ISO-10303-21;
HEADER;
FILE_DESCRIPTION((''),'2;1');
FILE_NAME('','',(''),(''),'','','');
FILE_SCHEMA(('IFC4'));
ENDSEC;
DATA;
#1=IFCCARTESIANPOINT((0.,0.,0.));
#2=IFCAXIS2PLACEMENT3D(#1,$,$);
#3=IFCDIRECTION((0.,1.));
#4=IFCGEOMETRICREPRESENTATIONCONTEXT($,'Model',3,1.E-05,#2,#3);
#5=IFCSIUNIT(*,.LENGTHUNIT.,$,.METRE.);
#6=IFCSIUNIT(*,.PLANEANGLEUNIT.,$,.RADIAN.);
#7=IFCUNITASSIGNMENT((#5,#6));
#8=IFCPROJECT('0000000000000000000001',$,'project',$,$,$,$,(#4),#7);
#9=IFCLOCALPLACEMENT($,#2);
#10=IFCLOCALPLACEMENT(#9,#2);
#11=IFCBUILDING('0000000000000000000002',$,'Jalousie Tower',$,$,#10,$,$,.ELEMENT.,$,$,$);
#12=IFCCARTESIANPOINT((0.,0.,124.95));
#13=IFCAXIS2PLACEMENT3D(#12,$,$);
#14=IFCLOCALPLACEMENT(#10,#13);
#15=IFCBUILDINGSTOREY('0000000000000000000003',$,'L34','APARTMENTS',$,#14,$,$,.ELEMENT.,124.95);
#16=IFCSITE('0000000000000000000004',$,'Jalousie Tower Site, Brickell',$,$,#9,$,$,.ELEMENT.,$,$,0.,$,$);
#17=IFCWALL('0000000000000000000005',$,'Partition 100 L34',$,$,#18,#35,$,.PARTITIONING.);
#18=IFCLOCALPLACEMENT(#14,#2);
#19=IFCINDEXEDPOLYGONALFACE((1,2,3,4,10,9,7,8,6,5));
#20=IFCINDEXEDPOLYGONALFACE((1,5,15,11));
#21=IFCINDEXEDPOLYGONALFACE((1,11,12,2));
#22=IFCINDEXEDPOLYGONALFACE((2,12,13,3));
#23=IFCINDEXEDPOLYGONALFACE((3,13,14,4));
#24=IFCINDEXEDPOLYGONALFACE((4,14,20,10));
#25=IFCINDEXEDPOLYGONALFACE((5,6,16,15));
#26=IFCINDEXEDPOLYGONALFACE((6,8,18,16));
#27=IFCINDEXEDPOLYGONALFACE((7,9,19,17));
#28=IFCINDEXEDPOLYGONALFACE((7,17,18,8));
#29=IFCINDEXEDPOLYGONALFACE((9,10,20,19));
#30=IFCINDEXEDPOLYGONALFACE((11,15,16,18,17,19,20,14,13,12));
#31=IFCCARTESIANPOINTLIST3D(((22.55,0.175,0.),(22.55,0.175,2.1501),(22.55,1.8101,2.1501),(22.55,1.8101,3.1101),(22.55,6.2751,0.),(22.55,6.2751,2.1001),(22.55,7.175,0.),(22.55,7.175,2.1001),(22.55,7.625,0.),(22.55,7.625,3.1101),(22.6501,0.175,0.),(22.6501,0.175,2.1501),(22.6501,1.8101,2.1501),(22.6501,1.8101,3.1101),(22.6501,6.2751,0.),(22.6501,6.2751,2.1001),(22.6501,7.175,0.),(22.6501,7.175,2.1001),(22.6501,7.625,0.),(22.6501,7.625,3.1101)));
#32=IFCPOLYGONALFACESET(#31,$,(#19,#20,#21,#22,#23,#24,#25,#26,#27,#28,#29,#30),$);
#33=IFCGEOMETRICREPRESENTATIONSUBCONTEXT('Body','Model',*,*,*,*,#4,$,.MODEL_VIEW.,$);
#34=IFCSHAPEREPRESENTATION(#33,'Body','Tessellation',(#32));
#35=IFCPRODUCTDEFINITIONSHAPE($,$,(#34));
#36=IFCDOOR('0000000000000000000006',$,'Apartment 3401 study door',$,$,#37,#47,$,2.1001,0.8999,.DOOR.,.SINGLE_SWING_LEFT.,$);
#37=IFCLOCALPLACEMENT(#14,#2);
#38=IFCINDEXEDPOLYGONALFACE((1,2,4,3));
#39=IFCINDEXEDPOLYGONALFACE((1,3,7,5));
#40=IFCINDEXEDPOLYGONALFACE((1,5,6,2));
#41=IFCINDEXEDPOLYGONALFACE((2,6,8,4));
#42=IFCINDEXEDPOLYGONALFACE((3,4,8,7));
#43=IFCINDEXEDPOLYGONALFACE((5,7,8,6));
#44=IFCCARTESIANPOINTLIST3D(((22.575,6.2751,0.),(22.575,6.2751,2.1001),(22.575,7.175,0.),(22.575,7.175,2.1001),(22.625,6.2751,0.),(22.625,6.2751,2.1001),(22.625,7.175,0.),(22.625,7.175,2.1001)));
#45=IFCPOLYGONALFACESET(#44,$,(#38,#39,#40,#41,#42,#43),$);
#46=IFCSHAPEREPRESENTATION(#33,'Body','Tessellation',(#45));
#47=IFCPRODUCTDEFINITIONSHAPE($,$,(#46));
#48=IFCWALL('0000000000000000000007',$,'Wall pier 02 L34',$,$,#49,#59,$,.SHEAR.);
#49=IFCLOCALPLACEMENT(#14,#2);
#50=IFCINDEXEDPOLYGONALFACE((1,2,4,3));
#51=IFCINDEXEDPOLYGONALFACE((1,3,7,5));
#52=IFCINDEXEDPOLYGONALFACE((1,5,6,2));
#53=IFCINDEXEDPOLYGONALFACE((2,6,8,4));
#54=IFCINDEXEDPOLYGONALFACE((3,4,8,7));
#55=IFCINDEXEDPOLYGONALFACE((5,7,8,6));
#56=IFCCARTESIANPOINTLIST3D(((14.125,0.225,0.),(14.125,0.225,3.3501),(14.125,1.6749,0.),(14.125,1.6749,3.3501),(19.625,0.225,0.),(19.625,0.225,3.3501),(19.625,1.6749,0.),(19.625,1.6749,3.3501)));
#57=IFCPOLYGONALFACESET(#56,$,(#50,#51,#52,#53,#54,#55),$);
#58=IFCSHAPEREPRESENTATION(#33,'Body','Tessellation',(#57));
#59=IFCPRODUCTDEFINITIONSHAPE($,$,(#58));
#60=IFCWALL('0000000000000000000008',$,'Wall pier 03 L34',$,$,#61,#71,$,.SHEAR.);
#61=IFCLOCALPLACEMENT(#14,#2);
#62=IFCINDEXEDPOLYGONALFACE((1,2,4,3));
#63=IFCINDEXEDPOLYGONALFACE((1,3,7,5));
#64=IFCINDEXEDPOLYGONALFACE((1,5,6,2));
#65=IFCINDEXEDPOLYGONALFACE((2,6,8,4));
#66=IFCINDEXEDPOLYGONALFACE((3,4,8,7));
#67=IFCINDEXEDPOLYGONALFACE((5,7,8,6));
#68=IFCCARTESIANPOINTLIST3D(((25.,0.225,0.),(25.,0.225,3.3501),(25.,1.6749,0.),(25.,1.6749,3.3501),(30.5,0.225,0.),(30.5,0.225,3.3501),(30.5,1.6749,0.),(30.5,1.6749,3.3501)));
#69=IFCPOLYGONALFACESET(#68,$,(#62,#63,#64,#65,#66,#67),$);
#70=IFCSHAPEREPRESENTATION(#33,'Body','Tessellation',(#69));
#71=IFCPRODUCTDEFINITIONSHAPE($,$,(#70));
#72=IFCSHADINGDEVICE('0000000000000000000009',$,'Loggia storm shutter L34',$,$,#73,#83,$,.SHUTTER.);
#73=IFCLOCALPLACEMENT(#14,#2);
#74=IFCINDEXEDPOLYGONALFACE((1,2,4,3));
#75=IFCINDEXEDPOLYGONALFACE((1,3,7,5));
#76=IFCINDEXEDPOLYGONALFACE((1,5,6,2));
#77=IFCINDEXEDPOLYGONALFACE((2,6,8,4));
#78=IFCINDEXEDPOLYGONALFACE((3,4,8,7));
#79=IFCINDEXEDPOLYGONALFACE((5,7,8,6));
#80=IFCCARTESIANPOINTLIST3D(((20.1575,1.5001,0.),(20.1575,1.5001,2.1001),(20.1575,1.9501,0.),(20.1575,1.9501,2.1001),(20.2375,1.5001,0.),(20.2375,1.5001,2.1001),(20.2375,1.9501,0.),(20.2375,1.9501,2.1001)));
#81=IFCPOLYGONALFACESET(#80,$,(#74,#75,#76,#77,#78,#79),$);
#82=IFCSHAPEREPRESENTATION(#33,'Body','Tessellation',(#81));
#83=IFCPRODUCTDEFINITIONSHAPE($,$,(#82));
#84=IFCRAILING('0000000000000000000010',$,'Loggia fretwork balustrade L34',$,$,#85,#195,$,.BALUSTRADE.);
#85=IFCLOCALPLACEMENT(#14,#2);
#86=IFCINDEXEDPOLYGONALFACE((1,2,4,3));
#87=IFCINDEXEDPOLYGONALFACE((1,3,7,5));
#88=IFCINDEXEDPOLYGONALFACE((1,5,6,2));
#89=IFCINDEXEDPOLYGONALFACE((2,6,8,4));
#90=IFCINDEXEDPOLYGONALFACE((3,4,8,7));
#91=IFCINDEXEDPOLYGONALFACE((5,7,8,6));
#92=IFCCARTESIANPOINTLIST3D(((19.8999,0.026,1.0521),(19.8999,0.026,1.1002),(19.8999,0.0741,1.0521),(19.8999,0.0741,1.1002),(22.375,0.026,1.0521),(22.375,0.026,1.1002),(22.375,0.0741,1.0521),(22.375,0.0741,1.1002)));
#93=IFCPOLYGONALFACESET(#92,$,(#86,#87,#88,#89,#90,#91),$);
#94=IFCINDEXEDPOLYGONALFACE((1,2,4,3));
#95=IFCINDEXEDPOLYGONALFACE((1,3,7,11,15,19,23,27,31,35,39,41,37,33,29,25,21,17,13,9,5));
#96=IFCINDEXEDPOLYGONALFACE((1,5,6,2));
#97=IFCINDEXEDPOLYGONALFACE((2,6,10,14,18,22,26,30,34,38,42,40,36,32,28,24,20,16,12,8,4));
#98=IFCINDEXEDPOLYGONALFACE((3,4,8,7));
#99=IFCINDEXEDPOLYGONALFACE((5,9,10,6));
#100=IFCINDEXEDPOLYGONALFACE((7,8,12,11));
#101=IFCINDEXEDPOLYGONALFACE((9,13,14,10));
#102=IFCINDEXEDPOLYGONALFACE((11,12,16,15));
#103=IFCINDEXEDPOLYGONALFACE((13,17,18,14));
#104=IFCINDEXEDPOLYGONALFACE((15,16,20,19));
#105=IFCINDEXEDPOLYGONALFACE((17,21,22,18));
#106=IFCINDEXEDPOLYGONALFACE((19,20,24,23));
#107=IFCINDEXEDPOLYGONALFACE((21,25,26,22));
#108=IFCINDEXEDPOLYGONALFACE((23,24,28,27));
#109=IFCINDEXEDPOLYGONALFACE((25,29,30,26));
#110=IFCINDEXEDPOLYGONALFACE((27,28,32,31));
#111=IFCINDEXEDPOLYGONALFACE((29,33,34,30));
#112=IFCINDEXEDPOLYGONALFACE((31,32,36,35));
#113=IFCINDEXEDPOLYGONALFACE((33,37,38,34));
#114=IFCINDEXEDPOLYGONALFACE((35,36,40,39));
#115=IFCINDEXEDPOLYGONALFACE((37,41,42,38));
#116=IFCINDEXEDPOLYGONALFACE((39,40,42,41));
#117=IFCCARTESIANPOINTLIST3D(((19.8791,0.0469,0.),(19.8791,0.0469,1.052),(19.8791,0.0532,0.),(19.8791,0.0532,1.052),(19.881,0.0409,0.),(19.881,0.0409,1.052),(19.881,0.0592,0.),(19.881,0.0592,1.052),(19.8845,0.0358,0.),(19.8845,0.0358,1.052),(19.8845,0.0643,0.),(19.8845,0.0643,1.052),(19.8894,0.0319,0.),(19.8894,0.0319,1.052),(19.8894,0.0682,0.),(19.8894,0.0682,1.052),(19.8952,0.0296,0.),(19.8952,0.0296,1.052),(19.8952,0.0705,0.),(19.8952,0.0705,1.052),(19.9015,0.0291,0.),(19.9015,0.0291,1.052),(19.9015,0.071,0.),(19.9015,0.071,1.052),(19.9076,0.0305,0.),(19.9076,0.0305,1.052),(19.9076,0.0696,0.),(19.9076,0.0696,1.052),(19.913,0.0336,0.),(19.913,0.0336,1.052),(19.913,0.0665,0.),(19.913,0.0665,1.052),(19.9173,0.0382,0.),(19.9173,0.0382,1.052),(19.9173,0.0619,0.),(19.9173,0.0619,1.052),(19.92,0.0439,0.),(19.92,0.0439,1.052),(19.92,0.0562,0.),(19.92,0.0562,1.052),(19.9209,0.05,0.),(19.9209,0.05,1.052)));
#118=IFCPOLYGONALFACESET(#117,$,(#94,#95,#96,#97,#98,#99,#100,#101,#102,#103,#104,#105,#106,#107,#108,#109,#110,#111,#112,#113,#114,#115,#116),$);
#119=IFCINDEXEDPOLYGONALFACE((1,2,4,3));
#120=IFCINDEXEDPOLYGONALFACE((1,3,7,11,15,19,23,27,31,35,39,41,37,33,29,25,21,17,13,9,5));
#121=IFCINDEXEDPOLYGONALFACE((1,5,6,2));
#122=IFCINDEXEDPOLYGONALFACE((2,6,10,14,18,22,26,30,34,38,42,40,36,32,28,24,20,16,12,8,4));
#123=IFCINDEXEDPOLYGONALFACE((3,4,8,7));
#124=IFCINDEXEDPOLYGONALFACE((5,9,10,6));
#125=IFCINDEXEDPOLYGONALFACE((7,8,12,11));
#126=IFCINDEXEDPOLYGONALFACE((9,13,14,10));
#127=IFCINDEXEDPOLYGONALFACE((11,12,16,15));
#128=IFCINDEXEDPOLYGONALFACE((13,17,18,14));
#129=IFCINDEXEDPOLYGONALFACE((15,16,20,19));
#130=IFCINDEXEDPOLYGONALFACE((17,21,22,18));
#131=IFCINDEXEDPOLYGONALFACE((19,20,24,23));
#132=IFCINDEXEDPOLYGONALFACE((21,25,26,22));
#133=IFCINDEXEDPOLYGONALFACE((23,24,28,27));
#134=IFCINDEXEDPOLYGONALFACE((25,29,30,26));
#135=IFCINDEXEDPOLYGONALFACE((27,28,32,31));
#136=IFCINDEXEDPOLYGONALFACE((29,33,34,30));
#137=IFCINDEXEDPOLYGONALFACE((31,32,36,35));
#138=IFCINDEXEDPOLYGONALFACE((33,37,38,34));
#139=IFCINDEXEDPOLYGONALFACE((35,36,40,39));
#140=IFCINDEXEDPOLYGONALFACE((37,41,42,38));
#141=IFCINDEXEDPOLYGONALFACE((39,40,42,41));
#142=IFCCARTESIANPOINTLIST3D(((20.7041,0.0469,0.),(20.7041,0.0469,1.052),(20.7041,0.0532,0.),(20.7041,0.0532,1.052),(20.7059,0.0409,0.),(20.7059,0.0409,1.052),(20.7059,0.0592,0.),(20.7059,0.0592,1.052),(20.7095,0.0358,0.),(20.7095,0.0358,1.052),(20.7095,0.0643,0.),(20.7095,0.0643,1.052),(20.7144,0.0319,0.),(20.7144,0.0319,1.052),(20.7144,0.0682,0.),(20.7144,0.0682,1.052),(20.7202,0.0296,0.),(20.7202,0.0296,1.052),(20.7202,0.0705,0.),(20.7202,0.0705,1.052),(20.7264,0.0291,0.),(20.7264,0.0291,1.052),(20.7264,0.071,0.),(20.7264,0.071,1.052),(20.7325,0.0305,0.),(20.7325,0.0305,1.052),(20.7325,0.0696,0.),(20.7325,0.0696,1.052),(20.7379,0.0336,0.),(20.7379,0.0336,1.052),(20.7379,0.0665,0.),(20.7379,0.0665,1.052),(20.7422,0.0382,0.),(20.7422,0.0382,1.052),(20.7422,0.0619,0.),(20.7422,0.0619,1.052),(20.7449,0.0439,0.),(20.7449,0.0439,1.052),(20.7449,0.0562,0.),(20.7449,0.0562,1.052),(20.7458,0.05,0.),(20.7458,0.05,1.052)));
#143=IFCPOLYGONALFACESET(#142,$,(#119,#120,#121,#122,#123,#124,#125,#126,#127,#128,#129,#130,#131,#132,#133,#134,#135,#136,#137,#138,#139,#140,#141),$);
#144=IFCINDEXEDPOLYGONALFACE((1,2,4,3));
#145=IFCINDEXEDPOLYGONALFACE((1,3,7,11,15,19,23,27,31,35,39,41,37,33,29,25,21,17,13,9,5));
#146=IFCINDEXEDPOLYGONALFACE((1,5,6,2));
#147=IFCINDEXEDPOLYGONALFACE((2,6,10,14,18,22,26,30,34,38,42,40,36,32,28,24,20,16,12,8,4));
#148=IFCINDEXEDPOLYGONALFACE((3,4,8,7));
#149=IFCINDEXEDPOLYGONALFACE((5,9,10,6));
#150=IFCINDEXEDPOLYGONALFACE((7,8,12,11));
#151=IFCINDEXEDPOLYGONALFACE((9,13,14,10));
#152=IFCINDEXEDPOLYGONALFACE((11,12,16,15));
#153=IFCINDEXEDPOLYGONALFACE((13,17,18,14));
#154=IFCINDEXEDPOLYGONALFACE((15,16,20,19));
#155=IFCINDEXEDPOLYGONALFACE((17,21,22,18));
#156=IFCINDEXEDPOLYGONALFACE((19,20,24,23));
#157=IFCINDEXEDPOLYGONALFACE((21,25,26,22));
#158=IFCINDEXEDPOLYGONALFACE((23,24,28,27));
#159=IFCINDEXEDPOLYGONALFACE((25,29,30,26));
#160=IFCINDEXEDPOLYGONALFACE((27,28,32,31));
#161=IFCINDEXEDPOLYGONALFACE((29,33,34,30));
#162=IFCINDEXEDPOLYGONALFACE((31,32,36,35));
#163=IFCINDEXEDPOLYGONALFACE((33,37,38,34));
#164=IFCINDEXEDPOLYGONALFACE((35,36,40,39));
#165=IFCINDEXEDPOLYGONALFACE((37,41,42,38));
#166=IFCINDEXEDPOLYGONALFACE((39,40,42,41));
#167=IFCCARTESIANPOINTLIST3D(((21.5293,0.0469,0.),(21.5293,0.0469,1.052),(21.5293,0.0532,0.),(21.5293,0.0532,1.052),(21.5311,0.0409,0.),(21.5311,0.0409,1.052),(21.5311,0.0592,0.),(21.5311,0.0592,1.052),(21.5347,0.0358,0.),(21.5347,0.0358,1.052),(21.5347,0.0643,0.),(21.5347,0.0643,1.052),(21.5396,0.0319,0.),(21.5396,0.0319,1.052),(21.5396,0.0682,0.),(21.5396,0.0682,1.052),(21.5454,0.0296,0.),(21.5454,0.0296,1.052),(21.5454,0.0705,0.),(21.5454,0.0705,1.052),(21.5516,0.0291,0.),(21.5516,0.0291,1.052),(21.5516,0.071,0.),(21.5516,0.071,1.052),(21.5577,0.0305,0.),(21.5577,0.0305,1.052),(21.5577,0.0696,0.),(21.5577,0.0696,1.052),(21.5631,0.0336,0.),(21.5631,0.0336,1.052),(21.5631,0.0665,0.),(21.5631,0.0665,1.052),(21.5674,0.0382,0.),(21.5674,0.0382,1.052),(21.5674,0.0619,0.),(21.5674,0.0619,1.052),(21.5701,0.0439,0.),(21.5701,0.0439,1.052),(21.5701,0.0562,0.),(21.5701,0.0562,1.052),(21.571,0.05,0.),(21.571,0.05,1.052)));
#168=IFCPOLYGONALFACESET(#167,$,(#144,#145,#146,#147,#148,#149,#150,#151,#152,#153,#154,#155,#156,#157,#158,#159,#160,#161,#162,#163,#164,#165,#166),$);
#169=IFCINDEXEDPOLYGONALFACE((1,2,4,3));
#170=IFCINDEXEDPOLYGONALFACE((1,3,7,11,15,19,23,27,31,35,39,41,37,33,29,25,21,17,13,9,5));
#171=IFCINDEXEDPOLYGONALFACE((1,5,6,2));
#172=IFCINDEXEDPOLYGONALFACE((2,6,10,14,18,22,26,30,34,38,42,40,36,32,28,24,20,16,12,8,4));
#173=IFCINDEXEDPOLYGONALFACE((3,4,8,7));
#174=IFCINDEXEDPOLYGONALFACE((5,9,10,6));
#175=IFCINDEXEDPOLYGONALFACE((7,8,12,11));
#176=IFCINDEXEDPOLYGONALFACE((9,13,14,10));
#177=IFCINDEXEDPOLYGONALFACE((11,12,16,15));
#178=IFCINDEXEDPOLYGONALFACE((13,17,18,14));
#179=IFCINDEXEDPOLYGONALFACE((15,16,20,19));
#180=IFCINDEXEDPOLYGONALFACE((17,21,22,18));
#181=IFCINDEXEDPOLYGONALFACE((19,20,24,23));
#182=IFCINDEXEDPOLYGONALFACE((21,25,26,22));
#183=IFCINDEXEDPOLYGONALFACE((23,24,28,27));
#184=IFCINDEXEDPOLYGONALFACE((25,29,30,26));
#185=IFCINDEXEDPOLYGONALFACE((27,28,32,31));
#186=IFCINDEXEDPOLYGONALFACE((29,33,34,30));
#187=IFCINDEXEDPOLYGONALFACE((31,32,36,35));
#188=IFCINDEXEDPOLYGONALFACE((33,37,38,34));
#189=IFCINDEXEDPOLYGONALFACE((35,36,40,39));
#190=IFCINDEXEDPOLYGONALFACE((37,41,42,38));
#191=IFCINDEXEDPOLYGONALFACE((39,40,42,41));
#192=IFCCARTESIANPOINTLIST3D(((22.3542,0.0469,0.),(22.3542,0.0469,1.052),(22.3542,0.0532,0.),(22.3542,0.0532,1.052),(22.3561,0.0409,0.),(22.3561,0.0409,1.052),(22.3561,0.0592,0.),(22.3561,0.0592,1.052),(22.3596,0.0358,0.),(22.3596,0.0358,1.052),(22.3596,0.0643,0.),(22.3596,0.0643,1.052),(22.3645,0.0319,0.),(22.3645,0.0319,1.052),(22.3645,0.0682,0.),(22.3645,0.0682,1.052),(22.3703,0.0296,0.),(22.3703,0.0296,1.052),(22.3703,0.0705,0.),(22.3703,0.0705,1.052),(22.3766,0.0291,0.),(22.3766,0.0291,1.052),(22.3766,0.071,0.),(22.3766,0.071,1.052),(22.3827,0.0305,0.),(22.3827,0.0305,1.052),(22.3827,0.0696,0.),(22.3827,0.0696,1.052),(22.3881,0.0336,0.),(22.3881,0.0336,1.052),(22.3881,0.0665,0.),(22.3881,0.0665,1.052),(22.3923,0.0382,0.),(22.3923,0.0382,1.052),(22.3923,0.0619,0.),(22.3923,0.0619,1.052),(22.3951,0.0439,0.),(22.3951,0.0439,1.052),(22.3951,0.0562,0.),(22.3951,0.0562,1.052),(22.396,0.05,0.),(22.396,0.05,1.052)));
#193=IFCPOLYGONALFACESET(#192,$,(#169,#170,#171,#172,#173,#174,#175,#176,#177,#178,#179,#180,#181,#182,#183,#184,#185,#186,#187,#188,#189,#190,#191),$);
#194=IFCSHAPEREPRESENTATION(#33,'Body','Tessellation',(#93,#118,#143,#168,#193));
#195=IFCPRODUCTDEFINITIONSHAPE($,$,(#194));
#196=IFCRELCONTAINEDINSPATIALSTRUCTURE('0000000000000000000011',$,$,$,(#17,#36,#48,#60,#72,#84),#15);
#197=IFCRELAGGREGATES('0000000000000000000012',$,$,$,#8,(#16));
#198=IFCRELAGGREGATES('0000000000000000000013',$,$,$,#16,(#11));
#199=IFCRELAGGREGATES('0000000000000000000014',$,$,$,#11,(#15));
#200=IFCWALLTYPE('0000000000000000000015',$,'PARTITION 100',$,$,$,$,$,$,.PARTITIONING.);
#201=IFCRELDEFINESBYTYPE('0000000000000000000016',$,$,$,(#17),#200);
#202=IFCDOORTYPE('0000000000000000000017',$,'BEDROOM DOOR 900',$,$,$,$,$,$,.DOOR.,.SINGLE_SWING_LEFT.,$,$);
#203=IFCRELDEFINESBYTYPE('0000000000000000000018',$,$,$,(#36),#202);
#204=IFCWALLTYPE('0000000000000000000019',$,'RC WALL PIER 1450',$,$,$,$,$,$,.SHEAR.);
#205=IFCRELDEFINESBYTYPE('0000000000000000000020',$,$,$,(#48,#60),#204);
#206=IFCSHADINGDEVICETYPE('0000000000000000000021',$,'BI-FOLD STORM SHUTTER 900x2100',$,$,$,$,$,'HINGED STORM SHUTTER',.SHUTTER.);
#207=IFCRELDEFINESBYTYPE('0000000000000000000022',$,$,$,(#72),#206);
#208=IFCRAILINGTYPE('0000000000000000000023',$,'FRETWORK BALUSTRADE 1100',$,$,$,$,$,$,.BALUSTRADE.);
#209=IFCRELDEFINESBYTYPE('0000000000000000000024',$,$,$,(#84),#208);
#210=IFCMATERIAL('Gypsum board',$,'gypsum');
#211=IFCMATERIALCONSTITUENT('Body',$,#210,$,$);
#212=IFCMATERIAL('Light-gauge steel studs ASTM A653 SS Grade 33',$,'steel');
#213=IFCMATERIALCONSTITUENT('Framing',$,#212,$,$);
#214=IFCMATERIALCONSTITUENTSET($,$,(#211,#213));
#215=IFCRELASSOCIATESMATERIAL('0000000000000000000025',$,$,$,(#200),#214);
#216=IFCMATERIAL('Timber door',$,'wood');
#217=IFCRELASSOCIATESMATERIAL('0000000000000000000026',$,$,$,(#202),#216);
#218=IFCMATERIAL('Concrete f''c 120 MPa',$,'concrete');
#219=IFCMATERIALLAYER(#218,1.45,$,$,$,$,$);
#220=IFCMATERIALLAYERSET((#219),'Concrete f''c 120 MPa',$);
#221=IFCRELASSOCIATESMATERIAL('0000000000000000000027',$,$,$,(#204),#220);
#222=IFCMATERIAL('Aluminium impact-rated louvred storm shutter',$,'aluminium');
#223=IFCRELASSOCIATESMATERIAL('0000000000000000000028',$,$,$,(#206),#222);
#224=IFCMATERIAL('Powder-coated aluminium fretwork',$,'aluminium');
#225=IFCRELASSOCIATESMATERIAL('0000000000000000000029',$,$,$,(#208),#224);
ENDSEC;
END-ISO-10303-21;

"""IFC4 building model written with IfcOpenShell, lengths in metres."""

from ifc_helpers import new_model, si_unit, direction, frame, frame_2d, origin, origin_2d, place, context, subcontext, project, spatial, polyline, rectangle, circle, outline, extrude, material, layer, layer_set, constituent, constituent_set, type_object, element, fill, save


model = new_model("IFC4")

# Units and contexts
model_context = context("Model", 3, precision=1e-05, world=origin(), true_north=direction((0.0, 1.0)))
body_context = subcontext(model_context, "Body", "Model", "MODEL_VIEW")
ifc_project = project(units=[si_unit("LENGTHUNIT", "METRE"), si_unit("PLANEANGLEUNIT", "RADIAN")], contexts=[model_context])

# Site, building, storey
site_placement = place(None, origin())
site = spatial("IfcSite", under=ifc_project, at=site_placement, Name="Jalousie Tower Site, Brickell", CompositionType="ELEMENT", RefElevation=0.0)
building_placement = place(site_placement, origin())
building = spatial("IfcBuilding", under=site, at=building_placement, Name="Jalousie Tower", CompositionType="ELEMENT")
storey_placement = place(building_placement, frame((0.0, 0.0, 124.95)))
storey = spatial("IfcBuildingStorey", under=building, at=storey_placement, Name="L34", Description="APARTMENTS", CompositionType="ELEMENT", Elevation=124.95)

# Wall, opening, door
ifc_material_1 = material(Name="Gypsum board", Category="gypsum")
ifc_constituent_1 = constituent(ifc_material_1, Name="Body")
ifc_material_2 = material(Name="Light-gauge steel studs ASTM A653 SS Grade 33", Category="steel")
ifc_constituent_2 = constituent(ifc_material_2, Name="Framing")
ifc_constituent_set_1 = constituent_set(constituents=[ifc_constituent_1, ifc_constituent_2])
wall_type_1 = type_object("IfcWallType", Name="PARTITION 100", PredefinedType="PARTITIONING", material=ifc_constituent_set_1)
ifc_material_3 = material(Name="Timber door", Category="wood")
door_type = type_object("IfcDoorType", Name="BEDROOM DOOR 900", OperationType="SINGLE_SWING_LEFT", PredefinedType="DOOR", material=ifc_material_3)
wall_1_placement = place(storey_placement, frame((22.6001, 0.175, 0.0), z_axis=(0.0, 0.0, 1.0), x_axis=(0.0, 1.0, 0.0)))
wall_1 = element("IfcWall", 1, at=wall_1_placement, inside=storey, type_object=wall_type_1, Name="Partition 100 L34", PredefinedType="PARTITIONING", context=body_context, shape_type="SweptSolid", body=[
    extrude(outline(polyline([(0.0, 0.0), (7.45, 0.0), (7.45, 3.1101), (1.635, 3.1101), (1.635, 2.1501), (0.0, 2.1501), (0.0, 3.1101), (0.0, 0.0)])), frame((0.0, 0.05, 0.0), z_axis=(0.0, -1.0, 0.0), x_axis=(1.0, 0.0, 0.0)), (0.0, 0.0, 1.0), 0.1001),
])
opening_1_placement = place(wall_1_placement, frame((6.1001, 0.0, 0.0)))
opening_1 = element("IfcOpeningElement", 2, at=opening_1_placement, cuts=wall_1, PredefinedType="OPENING", context=body_context, shape_type="SweptSolid", body=[
    extrude(rectangle(XDim=0.8999, YDim=2.1001, at=frame_2d((0.45, 1.05))), frame((0.0, 0.0601, 0.0), z_axis=(0.0, -1.0, 0.0), x_axis=(1.0, 0.0, 0.0)), (0.0, 0.0, 1.0), 0.1201),
])
door_1_placement = place(opening_1_placement, frame((0.8999, 0.0, 0.0), z_axis=(0.0, 0.0, 1.0), x_axis=(-1.0, 0.0, 0.0)))
door_1 = element("IfcDoor", 3, at=door_1_placement, inside=storey, type_object=door_type, Name="Apartment 3401 study door", OperationType="SINGLE_SWING_LEFT", OverallHeight=2.1001, OverallWidth=0.8999, PredefinedType="DOOR", context=body_context, shape_type="SweptSolid", body=[
    extrude(rectangle(XDim=0.8999, YDim=2.1001, at=frame_2d((0.45, 1.05))), frame((0.0, 0.0249, 0.0), z_axis=(0.0, -1.0, 0.0), x_axis=(1.0, 0.0, 0.0)), (0.0, 0.0, 1.0), 0.05),
])
fill(opening_1, door_1)

# Walls
ifc_material_4 = material(Name="Concrete f'c 120 MPa", Category="concrete")
ifc_layer_1 = layer(ifc_material_4, 1.45)
ifc_layer_set_1 = layer_set([ifc_layer_1], Name="Concrete f'c 120 MPa")
wall_type_2 = type_object("IfcWallType", Name="RC WALL PIER 1450", PredefinedType="SHEAR", material=ifc_layer_set_1)
for number, where, z_axis, x_axis, name in (
    (4, (14.125, 0.95, 0.0), (0.0, 0.0, 1.0), (1.0, 0.0, 0.0), "Wall pier 02 L34"),
    (5, (25.0, 0.95, 0.0), (0.0, 0.0, 1.0), (1.0, 0.0, 0.0), "Wall pier 03 L34"),
):
    element("IfcWall", number, at=place(storey_placement, frame(where, z_axis=z_axis, x_axis=x_axis)), inside=storey, type_object=wall_type_2, Name=name, PredefinedType="SHEAR", context=body_context, shape_type="SweptSolid", body=[
        extrude(rectangle(XDim=5.5, YDim=1.45, at=frame_2d((2.75, 0.0))), origin(), (0.0, 0.0, 1.0), 3.3501),
    ])

# Shading device
ifc_material_5 = material(Name="Aluminium impact-rated louvred storm shutter", Category="aluminium")
shading_device_type_1 = type_object("IfcShadingDeviceType", Name="BI-FOLD STORM SHUTTER 900x2100", ElementType="HINGED STORM SHUTTER", PredefinedType="SHUTTER", material=ifc_material_5)
shading_device_placement = place(storey_placement, frame((20.1975, 1.7251, 0.0), z_axis=(0.0, 0.0, 1.0), x_axis=(0.0, 1.0, 0.0)))
element("IfcShadingDevice", 6, at=shading_device_placement, inside=storey, type_object=shading_device_type_1, Name="Loggia storm shutter L34", PredefinedType="SHUTTER", context=body_context, shape_type="SweptSolid", body=[
    extrude(rectangle(XDim=0.45, YDim=0.0801, at=origin_2d()), origin(), (0.0, 0.0, 1.0), 2.1001),
])

# Railing
ifc_material_6 = material(Name="Powder-coated aluminium fretwork", Category="aluminium")
railing_type = type_object("IfcRailingType", Name="FRETWORK BALUSTRADE 1100", PredefinedType="BALUSTRADE", material=ifc_material_6)
railing_placement = place(storey_placement, frame((19.8999, 0.05, 0.0)))
element("IfcRailing", 7, at=railing_placement, inside=storey, type_object=railing_type, Name="Loggia fretwork balustrade L34", PredefinedType="BALUSTRADE", context=body_context, shape_type="SweptSolid", body=[
    extrude(rectangle(XDim=0.0481, YDim=0.0481, at=origin_2d()), frame((0.0, 0.0, 1.0762), z_axis=(1.0, 0.0, 0.0), x_axis=(0.0, 1.0, 0.0)), (0.0, 0.0, 1.0), 2.4751),
    extrude(circle(Radius=0.021, at=origin_2d()), origin(), (0.0, 0.0, 1.0), 1.052),
    extrude(circle(Radius=0.021, at=origin_2d()), frame((0.825, 0.0, 0.0)), (0.0, 0.0, 1.0), 1.052),
    extrude(circle(Radius=0.021, at=origin_2d()), frame((1.6501, 0.0, 0.0)), (0.0, 0.0, 1.0), 1.052),
    extrude(circle(Radius=0.021, at=origin_2d()), frame((2.4751, 0.0, 0.0)), (0.0, 0.0, 1.0), 1.052),
])

save(model, "model.ifc")
